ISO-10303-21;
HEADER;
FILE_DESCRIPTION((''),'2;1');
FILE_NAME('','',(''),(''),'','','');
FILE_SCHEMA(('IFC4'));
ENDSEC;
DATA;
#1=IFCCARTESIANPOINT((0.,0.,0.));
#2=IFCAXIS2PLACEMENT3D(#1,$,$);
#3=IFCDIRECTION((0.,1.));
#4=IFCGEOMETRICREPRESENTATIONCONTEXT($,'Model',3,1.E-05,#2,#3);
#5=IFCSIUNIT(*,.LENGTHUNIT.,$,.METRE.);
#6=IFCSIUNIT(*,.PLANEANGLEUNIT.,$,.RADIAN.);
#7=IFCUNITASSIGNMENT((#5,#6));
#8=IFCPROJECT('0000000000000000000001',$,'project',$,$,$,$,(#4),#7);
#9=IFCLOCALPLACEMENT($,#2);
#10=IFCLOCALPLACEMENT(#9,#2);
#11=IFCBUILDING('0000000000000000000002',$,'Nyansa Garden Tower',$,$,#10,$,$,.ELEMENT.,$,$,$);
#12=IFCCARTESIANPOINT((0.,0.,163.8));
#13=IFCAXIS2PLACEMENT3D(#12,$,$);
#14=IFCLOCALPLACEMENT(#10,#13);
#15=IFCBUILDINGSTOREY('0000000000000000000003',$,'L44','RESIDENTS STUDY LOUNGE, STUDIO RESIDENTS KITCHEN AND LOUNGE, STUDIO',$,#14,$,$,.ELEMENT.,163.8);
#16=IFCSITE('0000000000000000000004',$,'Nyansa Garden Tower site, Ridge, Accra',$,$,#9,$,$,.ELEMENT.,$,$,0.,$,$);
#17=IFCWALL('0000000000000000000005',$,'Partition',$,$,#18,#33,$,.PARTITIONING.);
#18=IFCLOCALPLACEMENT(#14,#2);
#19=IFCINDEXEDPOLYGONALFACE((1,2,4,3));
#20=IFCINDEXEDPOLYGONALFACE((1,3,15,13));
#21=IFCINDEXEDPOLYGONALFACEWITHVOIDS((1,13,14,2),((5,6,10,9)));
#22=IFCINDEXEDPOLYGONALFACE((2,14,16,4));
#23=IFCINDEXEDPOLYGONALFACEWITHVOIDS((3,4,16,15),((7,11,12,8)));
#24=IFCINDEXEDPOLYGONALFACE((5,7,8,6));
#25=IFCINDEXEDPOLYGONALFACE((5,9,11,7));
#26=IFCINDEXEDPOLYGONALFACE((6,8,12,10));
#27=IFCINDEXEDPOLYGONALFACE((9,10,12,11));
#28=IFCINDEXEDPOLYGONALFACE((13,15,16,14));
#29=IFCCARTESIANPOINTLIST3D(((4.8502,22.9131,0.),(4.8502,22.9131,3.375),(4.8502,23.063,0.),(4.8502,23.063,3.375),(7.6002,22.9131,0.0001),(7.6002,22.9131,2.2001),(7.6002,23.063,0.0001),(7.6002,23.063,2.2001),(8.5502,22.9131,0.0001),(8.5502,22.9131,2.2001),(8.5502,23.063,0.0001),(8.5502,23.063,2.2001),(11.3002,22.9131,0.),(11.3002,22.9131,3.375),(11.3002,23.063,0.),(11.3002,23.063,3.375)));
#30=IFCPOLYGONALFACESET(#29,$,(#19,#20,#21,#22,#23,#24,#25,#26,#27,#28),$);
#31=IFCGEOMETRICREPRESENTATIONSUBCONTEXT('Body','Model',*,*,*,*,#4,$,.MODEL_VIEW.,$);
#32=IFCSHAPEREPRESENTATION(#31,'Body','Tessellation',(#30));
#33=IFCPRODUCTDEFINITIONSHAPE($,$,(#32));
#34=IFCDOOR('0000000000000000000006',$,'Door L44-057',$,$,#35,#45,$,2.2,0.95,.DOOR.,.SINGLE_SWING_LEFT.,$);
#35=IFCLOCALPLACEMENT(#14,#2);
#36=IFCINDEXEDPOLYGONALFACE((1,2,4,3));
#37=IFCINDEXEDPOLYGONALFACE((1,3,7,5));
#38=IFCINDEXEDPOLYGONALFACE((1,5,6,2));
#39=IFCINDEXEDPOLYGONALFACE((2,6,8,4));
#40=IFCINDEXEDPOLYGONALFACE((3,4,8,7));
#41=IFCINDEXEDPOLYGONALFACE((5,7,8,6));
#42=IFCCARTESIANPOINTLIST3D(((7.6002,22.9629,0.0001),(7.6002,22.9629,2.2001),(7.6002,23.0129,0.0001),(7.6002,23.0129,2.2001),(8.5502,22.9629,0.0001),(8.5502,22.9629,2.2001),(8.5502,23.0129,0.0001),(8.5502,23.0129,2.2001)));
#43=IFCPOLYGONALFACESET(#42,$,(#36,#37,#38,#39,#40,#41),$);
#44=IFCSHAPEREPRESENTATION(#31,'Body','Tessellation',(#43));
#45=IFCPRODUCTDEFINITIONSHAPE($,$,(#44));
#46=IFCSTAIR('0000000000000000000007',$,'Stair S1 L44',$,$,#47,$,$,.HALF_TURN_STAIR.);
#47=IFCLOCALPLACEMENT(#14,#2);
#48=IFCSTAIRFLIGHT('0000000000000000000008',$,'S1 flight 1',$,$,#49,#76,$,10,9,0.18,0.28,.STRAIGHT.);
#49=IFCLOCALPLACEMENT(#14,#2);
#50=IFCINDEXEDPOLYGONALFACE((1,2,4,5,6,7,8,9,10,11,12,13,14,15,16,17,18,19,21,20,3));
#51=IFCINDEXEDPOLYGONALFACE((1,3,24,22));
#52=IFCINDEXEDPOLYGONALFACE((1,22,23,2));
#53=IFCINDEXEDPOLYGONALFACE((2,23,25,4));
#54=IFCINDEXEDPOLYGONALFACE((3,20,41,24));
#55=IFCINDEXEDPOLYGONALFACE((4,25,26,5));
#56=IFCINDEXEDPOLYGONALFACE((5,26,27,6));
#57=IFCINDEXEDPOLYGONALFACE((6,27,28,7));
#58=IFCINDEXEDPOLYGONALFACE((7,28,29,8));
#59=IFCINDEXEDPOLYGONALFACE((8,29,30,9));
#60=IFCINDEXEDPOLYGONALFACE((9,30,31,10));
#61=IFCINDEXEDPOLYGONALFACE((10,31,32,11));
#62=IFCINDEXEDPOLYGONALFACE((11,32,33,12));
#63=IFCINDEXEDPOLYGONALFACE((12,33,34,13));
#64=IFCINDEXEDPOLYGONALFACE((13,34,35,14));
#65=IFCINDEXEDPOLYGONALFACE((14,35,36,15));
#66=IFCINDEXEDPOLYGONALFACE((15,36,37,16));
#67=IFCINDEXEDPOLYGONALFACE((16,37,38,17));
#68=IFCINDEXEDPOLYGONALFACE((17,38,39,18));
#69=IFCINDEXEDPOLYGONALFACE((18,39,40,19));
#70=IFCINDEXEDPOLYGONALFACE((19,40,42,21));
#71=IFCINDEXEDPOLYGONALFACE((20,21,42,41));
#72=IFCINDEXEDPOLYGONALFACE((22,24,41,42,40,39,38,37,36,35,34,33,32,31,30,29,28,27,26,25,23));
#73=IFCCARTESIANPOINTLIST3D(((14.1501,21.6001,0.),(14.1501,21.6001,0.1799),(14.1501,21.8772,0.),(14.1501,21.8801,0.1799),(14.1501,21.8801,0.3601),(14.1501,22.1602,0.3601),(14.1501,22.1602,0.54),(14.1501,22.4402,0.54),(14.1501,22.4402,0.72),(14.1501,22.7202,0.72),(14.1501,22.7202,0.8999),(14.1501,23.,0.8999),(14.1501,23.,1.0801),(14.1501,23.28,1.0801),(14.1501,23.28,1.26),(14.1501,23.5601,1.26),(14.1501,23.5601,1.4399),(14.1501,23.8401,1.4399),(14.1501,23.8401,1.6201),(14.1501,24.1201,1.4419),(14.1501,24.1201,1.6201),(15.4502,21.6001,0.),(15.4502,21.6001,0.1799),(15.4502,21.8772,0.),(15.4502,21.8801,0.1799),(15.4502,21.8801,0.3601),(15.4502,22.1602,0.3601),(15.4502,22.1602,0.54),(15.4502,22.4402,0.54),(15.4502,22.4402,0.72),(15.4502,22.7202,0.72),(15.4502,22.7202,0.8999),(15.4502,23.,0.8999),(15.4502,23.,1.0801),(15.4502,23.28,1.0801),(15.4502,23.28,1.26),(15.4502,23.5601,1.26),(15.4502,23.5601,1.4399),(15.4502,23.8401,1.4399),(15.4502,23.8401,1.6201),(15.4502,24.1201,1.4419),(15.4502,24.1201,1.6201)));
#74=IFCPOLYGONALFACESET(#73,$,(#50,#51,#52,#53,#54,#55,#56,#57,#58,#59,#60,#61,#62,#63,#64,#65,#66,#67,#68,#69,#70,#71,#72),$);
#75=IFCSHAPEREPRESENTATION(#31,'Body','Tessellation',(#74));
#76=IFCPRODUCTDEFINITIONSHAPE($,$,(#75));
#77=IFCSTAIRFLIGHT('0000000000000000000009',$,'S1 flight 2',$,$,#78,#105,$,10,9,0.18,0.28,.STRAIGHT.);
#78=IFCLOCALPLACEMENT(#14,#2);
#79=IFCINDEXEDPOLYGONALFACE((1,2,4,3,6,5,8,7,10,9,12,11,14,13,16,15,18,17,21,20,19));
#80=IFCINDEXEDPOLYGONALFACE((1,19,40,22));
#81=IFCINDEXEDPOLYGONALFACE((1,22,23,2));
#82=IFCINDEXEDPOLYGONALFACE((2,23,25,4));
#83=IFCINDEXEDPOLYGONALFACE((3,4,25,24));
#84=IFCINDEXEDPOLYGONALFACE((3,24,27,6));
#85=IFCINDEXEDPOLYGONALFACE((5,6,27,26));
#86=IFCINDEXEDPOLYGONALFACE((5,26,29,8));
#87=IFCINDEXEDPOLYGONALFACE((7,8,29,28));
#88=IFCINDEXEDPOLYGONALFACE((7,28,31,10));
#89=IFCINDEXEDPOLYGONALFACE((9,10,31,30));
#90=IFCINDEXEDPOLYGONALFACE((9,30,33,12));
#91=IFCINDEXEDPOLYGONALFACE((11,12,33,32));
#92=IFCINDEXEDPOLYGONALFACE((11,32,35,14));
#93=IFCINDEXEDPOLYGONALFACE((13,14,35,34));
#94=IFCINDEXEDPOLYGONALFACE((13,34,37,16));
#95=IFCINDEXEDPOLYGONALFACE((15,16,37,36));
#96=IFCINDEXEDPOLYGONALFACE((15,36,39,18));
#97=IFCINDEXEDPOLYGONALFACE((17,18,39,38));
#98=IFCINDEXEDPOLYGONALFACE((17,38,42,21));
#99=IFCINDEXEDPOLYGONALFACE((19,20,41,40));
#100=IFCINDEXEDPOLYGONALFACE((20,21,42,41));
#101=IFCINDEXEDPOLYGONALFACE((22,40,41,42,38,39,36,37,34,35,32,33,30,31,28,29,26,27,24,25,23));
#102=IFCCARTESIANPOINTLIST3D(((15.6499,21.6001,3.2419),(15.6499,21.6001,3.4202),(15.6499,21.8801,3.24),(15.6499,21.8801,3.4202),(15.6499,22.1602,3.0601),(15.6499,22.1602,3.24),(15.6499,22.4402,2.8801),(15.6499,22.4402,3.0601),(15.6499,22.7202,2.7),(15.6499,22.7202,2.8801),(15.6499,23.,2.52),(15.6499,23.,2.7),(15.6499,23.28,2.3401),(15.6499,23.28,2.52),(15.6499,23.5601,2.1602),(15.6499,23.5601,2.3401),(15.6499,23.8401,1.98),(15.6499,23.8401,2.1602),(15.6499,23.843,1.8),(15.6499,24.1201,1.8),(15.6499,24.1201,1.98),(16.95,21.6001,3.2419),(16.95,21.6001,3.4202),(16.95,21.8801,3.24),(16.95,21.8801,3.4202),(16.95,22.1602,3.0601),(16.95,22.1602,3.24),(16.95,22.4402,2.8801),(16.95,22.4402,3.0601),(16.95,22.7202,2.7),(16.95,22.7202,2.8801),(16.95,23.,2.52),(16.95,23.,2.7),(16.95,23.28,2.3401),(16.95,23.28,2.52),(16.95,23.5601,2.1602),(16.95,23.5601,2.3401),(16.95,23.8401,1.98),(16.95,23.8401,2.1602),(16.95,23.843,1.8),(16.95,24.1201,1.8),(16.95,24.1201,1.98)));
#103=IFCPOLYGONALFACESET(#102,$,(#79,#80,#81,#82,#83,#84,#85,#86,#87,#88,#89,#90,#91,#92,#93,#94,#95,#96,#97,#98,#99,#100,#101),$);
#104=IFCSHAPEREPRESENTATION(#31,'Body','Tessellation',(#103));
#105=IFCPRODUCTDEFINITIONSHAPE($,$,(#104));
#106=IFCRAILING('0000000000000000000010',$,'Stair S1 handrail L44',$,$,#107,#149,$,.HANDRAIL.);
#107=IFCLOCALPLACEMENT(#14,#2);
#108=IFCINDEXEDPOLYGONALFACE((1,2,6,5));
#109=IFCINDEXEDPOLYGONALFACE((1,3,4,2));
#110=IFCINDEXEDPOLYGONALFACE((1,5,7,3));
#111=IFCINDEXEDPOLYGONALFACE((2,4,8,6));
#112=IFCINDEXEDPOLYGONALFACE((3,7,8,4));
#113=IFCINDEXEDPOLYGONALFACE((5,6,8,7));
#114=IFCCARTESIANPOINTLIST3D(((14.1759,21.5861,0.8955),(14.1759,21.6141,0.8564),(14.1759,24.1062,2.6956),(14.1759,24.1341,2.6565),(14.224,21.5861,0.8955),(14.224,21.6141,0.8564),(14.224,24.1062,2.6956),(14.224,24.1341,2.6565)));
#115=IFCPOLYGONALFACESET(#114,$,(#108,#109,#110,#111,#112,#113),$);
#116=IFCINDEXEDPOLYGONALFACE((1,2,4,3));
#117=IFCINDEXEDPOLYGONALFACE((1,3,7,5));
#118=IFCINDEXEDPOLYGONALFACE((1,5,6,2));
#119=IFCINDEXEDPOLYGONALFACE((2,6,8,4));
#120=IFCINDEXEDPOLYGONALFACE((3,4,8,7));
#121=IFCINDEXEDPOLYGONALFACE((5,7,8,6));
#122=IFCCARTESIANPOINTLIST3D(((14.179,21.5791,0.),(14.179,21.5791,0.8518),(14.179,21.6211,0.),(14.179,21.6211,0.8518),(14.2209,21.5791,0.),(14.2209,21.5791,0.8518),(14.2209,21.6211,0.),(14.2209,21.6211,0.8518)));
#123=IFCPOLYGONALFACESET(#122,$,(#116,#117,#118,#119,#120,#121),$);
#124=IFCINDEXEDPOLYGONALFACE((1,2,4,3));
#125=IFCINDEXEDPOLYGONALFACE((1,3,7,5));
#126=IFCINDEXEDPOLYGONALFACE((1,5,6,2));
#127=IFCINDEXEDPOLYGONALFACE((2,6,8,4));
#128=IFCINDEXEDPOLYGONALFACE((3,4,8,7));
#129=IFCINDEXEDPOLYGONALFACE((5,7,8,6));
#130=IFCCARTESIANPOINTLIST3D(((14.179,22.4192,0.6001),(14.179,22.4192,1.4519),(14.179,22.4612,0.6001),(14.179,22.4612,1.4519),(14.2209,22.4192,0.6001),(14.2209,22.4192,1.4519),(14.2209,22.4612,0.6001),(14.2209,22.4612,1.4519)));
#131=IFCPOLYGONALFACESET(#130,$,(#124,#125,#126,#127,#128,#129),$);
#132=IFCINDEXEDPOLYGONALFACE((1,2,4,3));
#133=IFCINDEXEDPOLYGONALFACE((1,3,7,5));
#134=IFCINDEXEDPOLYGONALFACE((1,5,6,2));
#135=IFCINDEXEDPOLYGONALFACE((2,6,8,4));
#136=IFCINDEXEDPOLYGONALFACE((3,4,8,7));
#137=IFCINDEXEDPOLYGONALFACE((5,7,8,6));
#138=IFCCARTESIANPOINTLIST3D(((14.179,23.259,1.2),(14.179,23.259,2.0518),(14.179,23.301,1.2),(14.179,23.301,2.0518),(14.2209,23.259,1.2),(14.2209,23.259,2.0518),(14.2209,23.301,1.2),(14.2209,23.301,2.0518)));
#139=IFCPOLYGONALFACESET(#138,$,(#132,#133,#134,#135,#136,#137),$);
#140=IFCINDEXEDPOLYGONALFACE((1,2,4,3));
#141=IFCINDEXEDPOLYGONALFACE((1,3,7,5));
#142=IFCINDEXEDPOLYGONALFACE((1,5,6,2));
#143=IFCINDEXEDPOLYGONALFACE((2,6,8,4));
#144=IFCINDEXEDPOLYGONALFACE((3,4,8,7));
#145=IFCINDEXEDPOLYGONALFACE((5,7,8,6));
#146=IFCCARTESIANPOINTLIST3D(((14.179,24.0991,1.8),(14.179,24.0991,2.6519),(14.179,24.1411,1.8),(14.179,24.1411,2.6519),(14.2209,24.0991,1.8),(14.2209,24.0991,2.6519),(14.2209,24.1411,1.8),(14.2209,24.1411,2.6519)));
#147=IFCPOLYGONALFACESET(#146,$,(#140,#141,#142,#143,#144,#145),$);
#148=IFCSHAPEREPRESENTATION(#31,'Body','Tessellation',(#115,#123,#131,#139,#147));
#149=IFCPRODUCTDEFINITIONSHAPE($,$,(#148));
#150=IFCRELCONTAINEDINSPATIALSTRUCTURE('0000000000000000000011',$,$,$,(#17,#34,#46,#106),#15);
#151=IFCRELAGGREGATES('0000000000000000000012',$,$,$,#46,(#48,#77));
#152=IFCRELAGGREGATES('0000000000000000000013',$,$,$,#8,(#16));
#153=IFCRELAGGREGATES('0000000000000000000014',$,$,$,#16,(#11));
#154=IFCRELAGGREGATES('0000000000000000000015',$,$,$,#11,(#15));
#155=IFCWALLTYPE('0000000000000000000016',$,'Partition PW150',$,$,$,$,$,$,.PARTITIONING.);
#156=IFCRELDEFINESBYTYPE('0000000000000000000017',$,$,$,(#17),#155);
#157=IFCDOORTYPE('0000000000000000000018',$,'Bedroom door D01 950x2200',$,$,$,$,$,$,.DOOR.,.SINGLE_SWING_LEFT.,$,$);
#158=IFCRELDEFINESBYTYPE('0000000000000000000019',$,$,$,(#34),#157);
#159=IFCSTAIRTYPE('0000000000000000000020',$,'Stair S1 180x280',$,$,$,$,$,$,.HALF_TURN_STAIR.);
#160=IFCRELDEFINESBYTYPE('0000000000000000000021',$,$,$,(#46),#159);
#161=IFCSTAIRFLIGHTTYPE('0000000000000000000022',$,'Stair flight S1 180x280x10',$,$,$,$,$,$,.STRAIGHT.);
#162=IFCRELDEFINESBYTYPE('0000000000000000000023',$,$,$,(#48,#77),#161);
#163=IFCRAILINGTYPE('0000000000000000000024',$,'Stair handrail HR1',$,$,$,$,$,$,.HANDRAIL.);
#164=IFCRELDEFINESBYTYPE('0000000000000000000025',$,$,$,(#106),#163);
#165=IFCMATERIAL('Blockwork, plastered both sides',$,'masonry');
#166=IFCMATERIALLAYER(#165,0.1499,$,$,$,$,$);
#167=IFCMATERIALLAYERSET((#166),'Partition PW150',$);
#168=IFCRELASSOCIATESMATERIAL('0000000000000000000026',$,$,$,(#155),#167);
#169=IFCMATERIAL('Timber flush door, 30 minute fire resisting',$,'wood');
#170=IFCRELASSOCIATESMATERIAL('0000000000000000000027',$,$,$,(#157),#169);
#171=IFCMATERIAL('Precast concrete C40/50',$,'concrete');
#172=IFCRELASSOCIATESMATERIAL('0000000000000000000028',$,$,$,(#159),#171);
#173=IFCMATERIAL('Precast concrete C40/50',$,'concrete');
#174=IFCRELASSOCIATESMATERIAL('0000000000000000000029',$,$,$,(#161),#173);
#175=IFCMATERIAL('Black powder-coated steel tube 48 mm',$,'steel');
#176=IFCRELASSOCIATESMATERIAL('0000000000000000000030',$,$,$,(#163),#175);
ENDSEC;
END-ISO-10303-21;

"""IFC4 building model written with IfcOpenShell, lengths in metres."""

from ifc_helpers import new_model, si_unit, direction, frame, frame_2d, origin, origin_2d, place, context, subcontext, project, spatial, polyline, rectangle, outline, extrude, material, layer, layer_set, type_object, element, fill, aggregate, save


model = new_model("IFC4")

# Units and contexts
model_context = context("Model", 3, precision=1e-05, world=origin(), true_north=direction((0.0, 1.0)))
body_context = subcontext(model_context, "Body", "Model", "MODEL_VIEW")
ifc_project = project(units=[si_unit("LENGTHUNIT", "METRE"), si_unit("PLANEANGLEUNIT", "RADIAN")], contexts=[model_context])

# Site, building, storey
site_placement = place(None, origin())
site = spatial("IfcSite", under=ifc_project, at=site_placement, Name="Nyansa Garden Tower site, Ridge, Accra", CompositionType="ELEMENT", RefElevation=0.0)
building_placement = place(site_placement, origin())
building = spatial("IfcBuilding", under=site, at=building_placement, Name="Nyansa Garden Tower", CompositionType="ELEMENT")
storey_placement = place(building_placement, frame((0.0, 0.0, 163.8)))
storey = spatial("IfcBuildingStorey", under=building, at=storey_placement, Name="L44", Description="RESIDENTS STUDY LOUNGE, STUDIO RESIDENTS KITCHEN AND LOUNGE, STUDIO", CompositionType="ELEMENT", Elevation=163.8)

# Shared definitions
ifc_material_1 = material(Name="Blockwork, plastered both sides", Category="masonry")
ifc_layer_1 = layer(ifc_material_1, 0.1499)
ifc_layer_set_1 = layer_set([ifc_layer_1], Name="Partition PW150")
wall_type_1 = type_object("IfcWallType", Name="Partition PW150", PredefinedType="PARTITIONING", material=ifc_layer_set_1)

# Wall, opening, door
wall_1_placement = place(storey_placement, frame((4.8501, 22.988, 0.0), z_axis=(0.0, 0.0, 1.0), x_axis=(1.0, 0.0, 0.0)))
wall_1 = element("IfcWall", 1, at=wall_1_placement, inside=storey, type_object=wall_type_1, Name="Partition", PredefinedType="PARTITIONING", context=body_context, shape_type="SweptSolid", body=[
    extrude(rectangle(XDim=6.45, YDim=0.1499, at=frame_2d((3.2251, 0.0))), origin(), (0.0, 0.0, 1.0), 3.375),
])
opening_1_placement = place(wall_1_placement, frame((2.75, 0.0, 0.0)))
opening_1 = element("IfcOpeningElement", 2, at=opening_1_placement, cuts=wall_1, PredefinedType="OPENING", context=body_context, shape_type="SweptSolid", body=[
    extrude(rectangle(XDim=0.95, YDim=2.2, at=frame_2d((0.4751, 1.1001))), frame((0.0, 0.085, 0.0), z_axis=(0.0, -1.0, 0.0), x_axis=(1.0, 0.0, 0.0)), (0.0, 0.0, 1.0), 0.1699),
])
ifc_material_2 = material(Name="Timber flush door, 30 minute fire resisting", Category="wood")
door_type_1 = type_object("IfcDoorType", Name="Bedroom door D01 950x2200", OperationType="SINGLE_SWING_LEFT", PredefinedType="DOOR", material=ifc_material_2)
door_1_placement = place(opening_1_placement, origin())
door_1 = element("IfcDoor", 3, at=door_1_placement, inside=storey, type_object=door_type_1, Name="Door L44-057", OperationType="SINGLE_SWING_LEFT", OverallHeight=2.2, OverallWidth=0.95, PredefinedType="DOOR", context=body_context, shape_type="SweptSolid", body=[
    extrude(rectangle(XDim=0.95, YDim=2.2, at=frame_2d((0.4751, 1.1001))), frame((0.0, 0.0249, 0.0), z_axis=(0.0, -1.0, 0.0), x_axis=(1.0, 0.0, 0.0)), (0.0, 0.0, 1.0), 0.05),
])
fill(opening_1, door_1)

# Stair, stair flights
ifc_material_3 = material(Name="Precast concrete C40/50", Category="concrete")
stair_type = type_object("IfcStairType", Name="Stair S1 180x280", PredefinedType="HALF_TURN_STAIR", material=ifc_material_3)
stair_placement = place(storey_placement, origin())
stair = element("IfcStair", 4, at=stair_placement, inside=storey, type_object=stair_type, Name="Stair S1 L44", PredefinedType="HALF_TURN_STAIR")
ifc_material_4 = material(Name="Precast concrete C40/50", Category="concrete")
stair_flight_type = type_object("IfcStairFlightType", Name="Stair flight S1 180x280x10", PredefinedType="STRAIGHT", material=ifc_material_4)
stair_flight_1_placement = place(storey_placement, frame((14.8, 21.6001, 0.0), z_axis=(0.0, 0.0, 1.0), x_axis=(0.0, 1.0, 0.0)))
stair_flight_1 = element("IfcStairFlight", 5, at=stair_flight_1_placement, type_object=stair_flight_type, Name="S1 flight 1", NumberOfRisers=10, NumberOfTreads=9, PredefinedType="STRAIGHT", RiserHeight=0.18, TreadLength=0.28, context=body_context, shape_type="SweptSolid", body=[
    extrude(outline(polyline([(0.0, 0.0), (0.0, 0.1799), (0.28, 0.1799), (0.28, 0.3601), (0.5601, 0.3601), (0.5601, 0.54), (0.8401, 0.54), (0.8401, 0.72), (1.1201, 0.72), (1.1201, 0.8999), (1.3999, 0.8999), (1.3999, 1.0801), (1.6799, 1.0801), (1.6799, 1.26), (1.96, 1.26), (1.96, 1.4399), (2.24, 1.4399), (2.24, 1.6201), (2.52, 1.6201), (2.52, 1.8), (2.52, 1.4419), (0.2771, 0.0), (0.0, 0.0)])), frame((0.0, 0.6499, 0.0), z_axis=(0.0, -1.0, 0.0), x_axis=(1.0, 0.0, 0.0)), (0.0, 0.0, 1.0), 1.3),
])
stair_flight_2_placement = place(storey_placement, frame((16.3, 24.1201, 1.8), z_axis=(0.0, 0.0, 1.0), x_axis=(0.0, -1.0, 0.0)))
stair_flight_2 = element("IfcStairFlight", 6, at=stair_flight_2_placement, type_object=stair_flight_type, Name="S1 flight 2", NumberOfRisers=10, NumberOfTreads=9, PredefinedType="STRAIGHT", RiserHeight=0.18, TreadLength=0.28, context=body_context, shape_type="SweptSolid", body=[
    extrude(outline(polyline([(0.0, 0.0), (0.0, 0.1799), (0.28, 0.1799), (0.28, 0.3601), (0.5601, 0.3601), (0.5601, 0.54), (0.8401, 0.54), (0.8401, 0.72), (1.1201, 0.72), (1.1201, 0.8999), (1.3999, 0.8999), (1.3999, 1.0801), (1.6799, 1.0801), (1.6799, 1.26), (1.96, 1.26), (1.96, 1.4399), (2.24, 1.4399), (2.24, 1.6201), (2.52, 1.6201), (2.52, 1.8), (2.52, 1.4419), (0.2771, 0.0), (0.0, 0.0)])), frame((0.0, 0.6499, 0.0), z_axis=(0.0, -1.0, 0.0), x_axis=(1.0, 0.0, 0.0)), (0.0, 0.0, 1.0), 1.3),
])
aggregate(stair, [stair_flight_1, stair_flight_2])

# Railing
ifc_material_5 = material(Name="Black powder-coated steel tube 48 mm", Category="steel")
railing_type = type_object("IfcRailingType", Name="Stair handrail HR1", PredefinedType="HANDRAIL", material=ifc_material_5)
railing_placement = place(storey_placement, frame((14.2, 21.6001, 0.0)))
element("IfcRailing", 7, at=railing_placement, inside=storey, type_object=railing_type, Name="Stair S1 handrail L44", PredefinedType="HANDRAIL", context=body_context, shape_type="SweptSolid", body=[
    extrude(rectangle(XDim=0.0481, YDim=0.0481, at=origin_2d()), frame((0.0, 0.0, 0.876), z_axis=(0.0, 0.813728, 0.581246), x_axis=(-1.0, 0.0, 0.0)), (0.0, 0.0, 1.0), 3.0969),
    extrude(rectangle(XDim=0.042, YDim=0.042, at=origin_2d()), origin(), (0.0, 0.0, 1.0), 0.8518),
    extrude(rectangle(XDim=0.042, YDim=0.042, at=origin_2d()), frame((0.0, 0.8401, 0.6001)), (0.0, 0.0, 1.0), 0.8518),
    extrude(rectangle(XDim=0.042, YDim=0.042, at=origin_2d()), frame((0.0, 1.6799, 1.2)), (0.0, 0.0, 1.0), 0.8518),
    extrude(rectangle(XDim=0.042, YDim=0.042, at=origin_2d()), frame((0.0, 2.52, 1.8)), (0.0, 0.0, 1.0), 0.8518),
])

save(model, "model.ifc")
